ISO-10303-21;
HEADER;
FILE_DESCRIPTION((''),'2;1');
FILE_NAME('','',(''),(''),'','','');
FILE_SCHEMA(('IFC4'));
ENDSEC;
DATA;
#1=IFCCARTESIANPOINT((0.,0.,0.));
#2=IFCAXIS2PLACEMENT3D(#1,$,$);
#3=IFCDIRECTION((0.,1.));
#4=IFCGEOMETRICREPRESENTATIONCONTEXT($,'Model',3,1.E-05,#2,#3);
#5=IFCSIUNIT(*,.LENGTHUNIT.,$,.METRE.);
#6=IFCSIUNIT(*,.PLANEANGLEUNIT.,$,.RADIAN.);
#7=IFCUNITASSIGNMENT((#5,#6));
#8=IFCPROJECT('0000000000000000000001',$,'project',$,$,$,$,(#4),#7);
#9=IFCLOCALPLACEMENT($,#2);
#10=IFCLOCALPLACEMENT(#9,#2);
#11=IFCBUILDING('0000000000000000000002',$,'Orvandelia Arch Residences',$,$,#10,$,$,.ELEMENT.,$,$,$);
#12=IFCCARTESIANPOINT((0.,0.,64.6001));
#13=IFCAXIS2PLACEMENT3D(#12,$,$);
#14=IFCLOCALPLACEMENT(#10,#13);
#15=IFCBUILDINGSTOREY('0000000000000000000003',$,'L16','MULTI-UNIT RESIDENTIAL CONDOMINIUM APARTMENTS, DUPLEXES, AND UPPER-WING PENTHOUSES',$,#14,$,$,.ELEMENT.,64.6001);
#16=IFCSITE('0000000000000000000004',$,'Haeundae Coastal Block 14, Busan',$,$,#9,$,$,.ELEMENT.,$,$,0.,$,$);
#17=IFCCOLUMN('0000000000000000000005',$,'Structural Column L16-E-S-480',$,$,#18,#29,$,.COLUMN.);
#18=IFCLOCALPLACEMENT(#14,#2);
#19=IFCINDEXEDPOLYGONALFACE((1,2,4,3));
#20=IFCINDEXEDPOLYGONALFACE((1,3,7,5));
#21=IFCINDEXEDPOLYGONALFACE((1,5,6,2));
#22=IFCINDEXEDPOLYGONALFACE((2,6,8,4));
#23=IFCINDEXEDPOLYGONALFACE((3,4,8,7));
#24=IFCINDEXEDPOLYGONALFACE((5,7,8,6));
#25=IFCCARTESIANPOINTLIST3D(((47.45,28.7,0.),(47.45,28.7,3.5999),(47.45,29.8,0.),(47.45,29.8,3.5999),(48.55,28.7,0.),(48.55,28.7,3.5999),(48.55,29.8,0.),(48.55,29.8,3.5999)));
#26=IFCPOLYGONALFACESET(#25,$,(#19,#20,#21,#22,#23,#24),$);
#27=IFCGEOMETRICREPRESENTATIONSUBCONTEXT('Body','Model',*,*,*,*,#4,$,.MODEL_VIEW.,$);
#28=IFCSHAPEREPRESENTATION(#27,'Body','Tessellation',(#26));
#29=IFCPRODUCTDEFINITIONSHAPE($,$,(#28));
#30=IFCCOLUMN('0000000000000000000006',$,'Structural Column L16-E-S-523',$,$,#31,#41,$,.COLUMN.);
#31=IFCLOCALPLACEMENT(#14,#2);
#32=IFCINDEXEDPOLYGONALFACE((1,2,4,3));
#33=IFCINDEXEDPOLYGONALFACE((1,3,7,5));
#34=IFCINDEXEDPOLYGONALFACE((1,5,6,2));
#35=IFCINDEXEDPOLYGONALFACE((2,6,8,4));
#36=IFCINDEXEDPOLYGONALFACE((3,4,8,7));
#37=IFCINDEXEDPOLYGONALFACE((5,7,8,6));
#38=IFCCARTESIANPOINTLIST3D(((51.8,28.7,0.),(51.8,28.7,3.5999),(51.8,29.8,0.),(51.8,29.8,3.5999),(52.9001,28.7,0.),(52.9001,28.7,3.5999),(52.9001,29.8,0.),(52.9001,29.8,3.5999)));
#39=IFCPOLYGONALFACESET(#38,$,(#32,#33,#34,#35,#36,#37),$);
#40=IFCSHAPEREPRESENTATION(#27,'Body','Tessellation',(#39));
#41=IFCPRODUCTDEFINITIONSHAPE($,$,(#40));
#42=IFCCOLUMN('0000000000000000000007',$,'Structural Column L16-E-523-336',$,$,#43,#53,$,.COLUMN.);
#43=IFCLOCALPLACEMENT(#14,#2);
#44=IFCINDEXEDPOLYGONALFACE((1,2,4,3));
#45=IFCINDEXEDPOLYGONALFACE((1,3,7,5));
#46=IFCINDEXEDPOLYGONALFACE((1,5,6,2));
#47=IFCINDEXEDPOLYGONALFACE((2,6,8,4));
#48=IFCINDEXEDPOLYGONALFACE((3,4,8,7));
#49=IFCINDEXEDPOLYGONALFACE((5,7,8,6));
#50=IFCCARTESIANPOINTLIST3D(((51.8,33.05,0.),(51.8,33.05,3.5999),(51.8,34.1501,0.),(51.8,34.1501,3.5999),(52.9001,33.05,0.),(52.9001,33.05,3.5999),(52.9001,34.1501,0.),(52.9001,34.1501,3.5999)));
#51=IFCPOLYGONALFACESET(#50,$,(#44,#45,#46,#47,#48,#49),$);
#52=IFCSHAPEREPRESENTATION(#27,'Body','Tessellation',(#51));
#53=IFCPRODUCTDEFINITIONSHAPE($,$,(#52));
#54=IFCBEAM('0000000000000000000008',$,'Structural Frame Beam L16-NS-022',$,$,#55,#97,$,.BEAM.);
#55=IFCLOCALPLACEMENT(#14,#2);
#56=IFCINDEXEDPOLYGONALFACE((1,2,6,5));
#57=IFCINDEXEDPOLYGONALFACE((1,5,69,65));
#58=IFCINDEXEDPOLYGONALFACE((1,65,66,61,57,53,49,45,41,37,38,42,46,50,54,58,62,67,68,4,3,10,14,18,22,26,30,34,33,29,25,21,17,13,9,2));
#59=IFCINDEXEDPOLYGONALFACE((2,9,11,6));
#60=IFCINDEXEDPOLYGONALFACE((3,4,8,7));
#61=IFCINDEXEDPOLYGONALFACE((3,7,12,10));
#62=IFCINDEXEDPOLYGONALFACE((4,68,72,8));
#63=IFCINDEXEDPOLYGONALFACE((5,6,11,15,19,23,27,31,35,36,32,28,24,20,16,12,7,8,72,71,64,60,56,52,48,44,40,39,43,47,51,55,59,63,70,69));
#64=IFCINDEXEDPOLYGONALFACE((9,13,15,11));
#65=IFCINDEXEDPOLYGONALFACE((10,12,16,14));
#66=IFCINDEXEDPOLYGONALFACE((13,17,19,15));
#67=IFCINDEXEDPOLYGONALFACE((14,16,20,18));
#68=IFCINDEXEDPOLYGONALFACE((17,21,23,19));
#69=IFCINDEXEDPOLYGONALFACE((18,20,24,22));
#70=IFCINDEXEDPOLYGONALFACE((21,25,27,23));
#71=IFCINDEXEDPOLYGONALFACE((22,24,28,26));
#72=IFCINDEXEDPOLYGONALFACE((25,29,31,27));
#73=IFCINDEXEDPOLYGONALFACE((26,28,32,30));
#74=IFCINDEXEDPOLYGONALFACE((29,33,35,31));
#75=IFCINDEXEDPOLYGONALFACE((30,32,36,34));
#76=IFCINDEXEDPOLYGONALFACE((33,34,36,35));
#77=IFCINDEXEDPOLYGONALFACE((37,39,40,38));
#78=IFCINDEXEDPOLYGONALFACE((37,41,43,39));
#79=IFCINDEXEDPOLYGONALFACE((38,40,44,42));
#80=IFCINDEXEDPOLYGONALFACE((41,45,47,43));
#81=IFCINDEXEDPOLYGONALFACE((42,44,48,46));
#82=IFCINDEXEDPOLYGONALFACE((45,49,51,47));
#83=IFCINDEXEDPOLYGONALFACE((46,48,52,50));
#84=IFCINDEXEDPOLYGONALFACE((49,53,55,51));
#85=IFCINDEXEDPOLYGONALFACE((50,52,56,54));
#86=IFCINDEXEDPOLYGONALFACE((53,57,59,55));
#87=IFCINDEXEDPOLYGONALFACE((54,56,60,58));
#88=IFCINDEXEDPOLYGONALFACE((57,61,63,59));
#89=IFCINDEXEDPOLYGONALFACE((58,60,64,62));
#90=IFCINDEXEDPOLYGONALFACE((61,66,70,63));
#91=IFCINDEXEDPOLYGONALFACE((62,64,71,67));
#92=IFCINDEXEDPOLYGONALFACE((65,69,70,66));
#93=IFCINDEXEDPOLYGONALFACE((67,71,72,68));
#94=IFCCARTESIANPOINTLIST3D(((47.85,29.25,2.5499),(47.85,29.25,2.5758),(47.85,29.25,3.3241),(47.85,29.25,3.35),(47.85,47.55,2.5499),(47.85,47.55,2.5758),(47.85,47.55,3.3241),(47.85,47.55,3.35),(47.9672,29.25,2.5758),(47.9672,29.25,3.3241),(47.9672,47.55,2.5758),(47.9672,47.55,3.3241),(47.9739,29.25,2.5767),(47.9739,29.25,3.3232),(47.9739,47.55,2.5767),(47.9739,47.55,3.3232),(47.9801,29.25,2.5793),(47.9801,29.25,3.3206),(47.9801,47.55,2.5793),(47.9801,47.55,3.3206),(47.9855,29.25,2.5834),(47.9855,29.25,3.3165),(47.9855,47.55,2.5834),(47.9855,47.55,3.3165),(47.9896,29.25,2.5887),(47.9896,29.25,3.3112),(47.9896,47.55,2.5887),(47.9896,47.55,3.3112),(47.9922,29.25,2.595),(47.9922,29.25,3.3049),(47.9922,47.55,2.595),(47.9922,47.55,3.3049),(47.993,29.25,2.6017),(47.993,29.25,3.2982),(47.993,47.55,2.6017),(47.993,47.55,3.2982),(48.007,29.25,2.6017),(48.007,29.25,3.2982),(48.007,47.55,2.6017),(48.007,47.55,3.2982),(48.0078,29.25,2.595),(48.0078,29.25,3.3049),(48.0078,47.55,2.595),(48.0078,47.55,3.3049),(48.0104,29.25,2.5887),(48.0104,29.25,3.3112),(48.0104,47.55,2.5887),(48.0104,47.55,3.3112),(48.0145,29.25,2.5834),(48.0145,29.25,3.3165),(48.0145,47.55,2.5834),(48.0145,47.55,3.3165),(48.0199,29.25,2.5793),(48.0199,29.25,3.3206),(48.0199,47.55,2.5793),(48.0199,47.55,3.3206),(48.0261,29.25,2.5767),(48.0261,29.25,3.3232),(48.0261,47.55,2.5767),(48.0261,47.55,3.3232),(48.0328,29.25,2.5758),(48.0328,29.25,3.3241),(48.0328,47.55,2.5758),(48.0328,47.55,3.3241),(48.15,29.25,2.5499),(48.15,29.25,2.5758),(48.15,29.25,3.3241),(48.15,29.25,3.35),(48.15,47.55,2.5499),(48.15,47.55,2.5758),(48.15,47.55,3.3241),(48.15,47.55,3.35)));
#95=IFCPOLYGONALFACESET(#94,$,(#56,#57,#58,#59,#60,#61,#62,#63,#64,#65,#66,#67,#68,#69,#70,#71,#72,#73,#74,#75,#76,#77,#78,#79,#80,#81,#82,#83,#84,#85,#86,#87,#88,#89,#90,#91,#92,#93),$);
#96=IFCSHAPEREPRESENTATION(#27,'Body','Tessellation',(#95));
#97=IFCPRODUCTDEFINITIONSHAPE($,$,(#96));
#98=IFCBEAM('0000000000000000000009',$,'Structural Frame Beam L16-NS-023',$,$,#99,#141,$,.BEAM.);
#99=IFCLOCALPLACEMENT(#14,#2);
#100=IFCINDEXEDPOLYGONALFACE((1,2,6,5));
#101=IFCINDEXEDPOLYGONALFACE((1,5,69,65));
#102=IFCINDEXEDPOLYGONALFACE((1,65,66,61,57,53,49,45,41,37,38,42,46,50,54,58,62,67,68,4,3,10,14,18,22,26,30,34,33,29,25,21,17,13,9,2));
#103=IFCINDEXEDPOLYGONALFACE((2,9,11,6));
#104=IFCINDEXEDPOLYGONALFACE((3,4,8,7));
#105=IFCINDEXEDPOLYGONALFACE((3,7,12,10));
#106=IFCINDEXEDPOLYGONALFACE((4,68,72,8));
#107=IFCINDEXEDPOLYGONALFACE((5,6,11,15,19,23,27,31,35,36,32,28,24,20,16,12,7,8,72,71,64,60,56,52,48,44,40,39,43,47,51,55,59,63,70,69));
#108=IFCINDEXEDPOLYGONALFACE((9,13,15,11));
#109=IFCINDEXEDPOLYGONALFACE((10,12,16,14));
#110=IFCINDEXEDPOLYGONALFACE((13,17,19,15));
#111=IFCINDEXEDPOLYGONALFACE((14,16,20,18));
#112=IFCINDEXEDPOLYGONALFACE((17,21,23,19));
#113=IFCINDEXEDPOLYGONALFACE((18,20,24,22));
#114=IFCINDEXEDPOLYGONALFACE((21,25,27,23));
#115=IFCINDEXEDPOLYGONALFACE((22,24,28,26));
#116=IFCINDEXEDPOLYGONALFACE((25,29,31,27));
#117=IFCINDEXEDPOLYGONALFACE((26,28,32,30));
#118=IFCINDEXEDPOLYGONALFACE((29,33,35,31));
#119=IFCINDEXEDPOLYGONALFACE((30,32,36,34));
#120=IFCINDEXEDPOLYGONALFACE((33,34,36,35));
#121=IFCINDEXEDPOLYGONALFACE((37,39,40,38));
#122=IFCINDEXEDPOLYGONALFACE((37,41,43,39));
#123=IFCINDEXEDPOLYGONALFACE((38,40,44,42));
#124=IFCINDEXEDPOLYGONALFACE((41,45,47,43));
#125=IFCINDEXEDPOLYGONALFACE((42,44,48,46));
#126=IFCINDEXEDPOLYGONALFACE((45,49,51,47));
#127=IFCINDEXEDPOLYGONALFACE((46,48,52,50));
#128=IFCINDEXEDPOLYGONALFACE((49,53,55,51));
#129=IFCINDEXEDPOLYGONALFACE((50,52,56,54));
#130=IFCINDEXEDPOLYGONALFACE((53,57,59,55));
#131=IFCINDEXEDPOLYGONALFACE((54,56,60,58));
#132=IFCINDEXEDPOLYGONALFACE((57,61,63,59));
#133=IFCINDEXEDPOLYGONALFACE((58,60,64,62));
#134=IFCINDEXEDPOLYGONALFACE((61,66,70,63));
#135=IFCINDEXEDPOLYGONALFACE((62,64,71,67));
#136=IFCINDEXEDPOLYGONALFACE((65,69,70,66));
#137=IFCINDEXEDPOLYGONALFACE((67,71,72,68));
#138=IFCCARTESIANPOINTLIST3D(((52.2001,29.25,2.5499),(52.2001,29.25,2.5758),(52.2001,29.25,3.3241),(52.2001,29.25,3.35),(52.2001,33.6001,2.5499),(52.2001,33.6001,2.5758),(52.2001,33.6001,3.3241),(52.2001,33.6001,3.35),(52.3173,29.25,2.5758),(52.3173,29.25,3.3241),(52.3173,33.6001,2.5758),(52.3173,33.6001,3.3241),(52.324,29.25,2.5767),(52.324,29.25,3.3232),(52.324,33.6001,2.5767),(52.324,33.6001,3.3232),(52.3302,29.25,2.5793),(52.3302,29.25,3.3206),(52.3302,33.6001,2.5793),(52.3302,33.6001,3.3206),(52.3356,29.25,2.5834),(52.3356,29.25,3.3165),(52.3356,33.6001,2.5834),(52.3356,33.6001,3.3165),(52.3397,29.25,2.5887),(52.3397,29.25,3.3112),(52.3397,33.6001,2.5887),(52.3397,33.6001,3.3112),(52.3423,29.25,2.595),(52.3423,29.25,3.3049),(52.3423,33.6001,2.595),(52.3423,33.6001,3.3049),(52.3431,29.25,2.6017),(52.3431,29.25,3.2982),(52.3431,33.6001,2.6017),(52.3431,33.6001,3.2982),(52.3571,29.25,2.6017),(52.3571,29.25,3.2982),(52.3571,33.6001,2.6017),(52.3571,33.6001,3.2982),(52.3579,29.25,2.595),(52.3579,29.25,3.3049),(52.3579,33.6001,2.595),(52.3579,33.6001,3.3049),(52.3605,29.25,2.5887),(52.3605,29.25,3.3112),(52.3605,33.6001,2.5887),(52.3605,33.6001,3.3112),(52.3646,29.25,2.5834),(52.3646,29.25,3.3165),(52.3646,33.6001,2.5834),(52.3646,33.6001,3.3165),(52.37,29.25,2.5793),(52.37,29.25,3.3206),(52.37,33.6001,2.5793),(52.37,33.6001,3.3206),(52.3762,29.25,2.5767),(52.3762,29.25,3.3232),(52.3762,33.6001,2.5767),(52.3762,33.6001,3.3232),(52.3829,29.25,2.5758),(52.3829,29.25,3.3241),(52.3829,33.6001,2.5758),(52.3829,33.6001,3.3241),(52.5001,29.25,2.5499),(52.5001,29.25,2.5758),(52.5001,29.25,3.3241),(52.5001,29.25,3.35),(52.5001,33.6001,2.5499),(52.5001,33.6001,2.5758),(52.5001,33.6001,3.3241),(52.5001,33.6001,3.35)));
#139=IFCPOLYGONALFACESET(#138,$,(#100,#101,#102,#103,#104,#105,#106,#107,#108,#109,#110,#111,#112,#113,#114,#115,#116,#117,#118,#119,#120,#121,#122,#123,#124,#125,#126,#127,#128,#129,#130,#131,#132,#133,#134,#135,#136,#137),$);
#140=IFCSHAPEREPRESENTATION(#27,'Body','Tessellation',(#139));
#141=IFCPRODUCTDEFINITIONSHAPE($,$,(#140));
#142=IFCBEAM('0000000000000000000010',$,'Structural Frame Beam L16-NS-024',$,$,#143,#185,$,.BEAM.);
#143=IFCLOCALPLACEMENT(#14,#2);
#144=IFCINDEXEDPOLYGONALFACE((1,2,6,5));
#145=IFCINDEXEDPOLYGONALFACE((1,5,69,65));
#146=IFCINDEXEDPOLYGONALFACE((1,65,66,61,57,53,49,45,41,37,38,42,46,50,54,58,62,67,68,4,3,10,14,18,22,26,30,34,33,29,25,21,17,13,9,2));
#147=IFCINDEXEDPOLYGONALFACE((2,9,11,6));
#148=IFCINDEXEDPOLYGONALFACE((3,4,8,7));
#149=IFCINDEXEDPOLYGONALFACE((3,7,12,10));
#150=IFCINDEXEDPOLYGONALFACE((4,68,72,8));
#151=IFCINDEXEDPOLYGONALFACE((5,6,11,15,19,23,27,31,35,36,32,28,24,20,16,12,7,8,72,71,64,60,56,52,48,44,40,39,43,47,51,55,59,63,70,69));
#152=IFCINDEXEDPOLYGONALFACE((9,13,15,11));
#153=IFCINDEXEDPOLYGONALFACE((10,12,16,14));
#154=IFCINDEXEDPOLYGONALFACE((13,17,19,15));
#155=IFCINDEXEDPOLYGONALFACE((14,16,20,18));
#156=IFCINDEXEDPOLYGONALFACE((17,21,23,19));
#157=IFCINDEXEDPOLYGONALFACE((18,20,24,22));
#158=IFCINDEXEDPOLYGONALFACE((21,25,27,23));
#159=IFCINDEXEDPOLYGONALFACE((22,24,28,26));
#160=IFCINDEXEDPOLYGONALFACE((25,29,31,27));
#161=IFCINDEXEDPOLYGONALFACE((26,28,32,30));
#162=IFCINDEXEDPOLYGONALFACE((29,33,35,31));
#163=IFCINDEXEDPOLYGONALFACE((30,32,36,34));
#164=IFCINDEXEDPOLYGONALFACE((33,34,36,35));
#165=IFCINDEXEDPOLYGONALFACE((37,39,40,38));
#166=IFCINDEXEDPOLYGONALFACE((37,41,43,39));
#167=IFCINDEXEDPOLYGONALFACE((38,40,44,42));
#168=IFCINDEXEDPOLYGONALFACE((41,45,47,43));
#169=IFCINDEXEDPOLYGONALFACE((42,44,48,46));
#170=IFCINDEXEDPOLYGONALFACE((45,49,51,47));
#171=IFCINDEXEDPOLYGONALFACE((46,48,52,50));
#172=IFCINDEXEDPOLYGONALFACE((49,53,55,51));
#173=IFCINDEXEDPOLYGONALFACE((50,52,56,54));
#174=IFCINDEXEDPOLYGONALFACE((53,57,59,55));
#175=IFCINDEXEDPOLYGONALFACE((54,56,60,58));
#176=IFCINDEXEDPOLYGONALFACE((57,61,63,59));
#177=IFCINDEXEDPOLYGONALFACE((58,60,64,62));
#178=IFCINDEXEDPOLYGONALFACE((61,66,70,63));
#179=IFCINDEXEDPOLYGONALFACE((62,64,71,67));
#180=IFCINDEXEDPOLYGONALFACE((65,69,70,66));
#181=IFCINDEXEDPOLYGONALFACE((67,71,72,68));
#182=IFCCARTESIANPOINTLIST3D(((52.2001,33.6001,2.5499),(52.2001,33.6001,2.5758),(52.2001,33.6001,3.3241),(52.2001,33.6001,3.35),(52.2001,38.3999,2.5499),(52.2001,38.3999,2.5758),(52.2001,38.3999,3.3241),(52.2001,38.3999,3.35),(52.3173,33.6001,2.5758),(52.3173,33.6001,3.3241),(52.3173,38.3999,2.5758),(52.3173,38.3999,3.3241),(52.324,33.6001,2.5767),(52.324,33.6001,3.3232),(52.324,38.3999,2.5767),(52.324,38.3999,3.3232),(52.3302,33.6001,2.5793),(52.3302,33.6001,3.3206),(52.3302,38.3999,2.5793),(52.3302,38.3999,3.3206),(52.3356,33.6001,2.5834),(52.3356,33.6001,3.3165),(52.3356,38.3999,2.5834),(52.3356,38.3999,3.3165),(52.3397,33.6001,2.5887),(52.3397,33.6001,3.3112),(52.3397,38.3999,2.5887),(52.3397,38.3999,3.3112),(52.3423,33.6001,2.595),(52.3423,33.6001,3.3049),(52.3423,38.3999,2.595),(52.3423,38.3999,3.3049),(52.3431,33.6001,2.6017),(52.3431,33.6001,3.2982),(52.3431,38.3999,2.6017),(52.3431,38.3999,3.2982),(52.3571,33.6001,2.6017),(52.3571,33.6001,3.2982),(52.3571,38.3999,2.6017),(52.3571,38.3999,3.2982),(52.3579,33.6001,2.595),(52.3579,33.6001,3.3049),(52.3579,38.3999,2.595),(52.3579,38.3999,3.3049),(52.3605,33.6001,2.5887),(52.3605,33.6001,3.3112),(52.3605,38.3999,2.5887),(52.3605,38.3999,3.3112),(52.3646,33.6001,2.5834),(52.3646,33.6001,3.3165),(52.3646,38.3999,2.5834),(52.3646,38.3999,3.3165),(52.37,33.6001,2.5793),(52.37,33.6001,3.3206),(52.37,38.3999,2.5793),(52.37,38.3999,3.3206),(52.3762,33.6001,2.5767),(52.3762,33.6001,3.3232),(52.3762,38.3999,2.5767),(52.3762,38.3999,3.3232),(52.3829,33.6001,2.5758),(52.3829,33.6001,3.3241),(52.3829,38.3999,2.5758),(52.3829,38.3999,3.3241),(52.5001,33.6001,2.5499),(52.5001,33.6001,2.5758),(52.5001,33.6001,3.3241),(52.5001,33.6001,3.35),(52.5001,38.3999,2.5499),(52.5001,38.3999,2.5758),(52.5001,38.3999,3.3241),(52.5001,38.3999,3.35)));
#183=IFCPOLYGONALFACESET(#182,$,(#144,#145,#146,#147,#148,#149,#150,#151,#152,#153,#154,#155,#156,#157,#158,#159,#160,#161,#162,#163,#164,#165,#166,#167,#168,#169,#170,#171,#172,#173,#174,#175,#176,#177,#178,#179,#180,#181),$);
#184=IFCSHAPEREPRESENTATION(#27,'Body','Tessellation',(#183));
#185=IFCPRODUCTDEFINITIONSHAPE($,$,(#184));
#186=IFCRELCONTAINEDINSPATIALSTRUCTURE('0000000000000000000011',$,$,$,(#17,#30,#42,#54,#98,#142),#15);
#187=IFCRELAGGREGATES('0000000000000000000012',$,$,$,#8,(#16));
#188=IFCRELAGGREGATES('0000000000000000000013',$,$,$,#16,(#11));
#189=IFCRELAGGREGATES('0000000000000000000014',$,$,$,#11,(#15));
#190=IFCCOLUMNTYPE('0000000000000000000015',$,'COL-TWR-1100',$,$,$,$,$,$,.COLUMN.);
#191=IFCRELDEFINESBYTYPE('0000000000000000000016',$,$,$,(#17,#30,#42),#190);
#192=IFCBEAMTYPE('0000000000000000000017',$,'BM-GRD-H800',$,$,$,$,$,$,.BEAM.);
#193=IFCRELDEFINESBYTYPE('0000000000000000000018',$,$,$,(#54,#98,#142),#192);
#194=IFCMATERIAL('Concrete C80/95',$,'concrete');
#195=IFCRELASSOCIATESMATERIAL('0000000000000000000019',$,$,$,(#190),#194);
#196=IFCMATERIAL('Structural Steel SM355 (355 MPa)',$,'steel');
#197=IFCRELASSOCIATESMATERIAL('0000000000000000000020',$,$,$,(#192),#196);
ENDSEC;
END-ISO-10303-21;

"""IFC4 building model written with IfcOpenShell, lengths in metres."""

from ifc_helpers import new_model, si_unit, direction, frame, origin, origin_2d, place, context, subcontext, project, spatial, rectangle, i_section, extrude, material, material_profile, profile_set, type_object, element, save


model = new_model("IFC4")

# Units and contexts
model_context = context("Model", 3, precision=1e-05, world=origin(), true_north=direction((0.0, 1.0)))
body_context = subcontext(model_context, "Body", "Model", "MODEL_VIEW")
ifc_project = project(units=[si_unit("LENGTHUNIT", "METRE"), si_unit("PLANEANGLEUNIT", "RADIAN")], contexts=[model_context])

# Site, building, storey
site_placement = place(None, origin())
site = spatial("IfcSite", under=ifc_project, at=site_placement, Name="Haeundae Coastal Block 14, Busan", CompositionType="ELEMENT", RefElevation=0.0)
building_placement = place(site_placement, origin())
building = spatial("IfcBuilding", under=site, at=building_placement, Name="Orvandelia Arch Residences", CompositionType="ELEMENT")
storey_placement = place(building_placement, frame((0.0, 0.0, 64.6001)))
storey = spatial("IfcBuildingStorey", under=building, at=storey_placement, Name="L16", Description="MULTI-UNIT RESIDENTIAL CONDOMINIUM APARTMENTS, DUPLEXES, AND UPPER-WING PENTHOUSES", CompositionType="ELEMENT", Elevation=64.6001)

# Columns
ifc_material_1 = material(Name="Concrete C80/95", Category="concrete")
ifc_material_profile_1 = material_profile(ifc_material_1, rectangle(XDim=1.1001, YDim=1.1001, at=origin_2d()), Name="Concrete C80/95", Category="concrete")
ifc_profile_set_1 = profile_set([ifc_material_profile_1], Name="Concrete C80/95")
column_type = type_object("IfcColumnType", Name="COL-TWR-1100", PredefinedType="COLUMN", material=ifc_profile_set_1)
for number, where, z_axis, x_axis, name in (
    (1, (48.0, 29.25, 0.0), (0.0, 0.0, 1.0), (1.0, 0.0, 0.0), "Structural Column L16-E-S-480"),
    (2, (52.3501, 29.25, 0.0), (0.0, 0.0, 1.0), (1.0, 0.0, 0.0), "Structural Column L16-E-S-523"),
    (3, (52.3501, 33.6001, 0.0), (0.0, 0.0, 1.0), (1.0, 0.0, 0.0), "Structural Column L16-E-523-336"),
):
    element("IfcColumn", number, at=place(storey_placement, frame(where, z_axis=z_axis, x_axis=x_axis)), inside=storey, type_object=column_type, Name=name, PredefinedType="COLUMN", context=body_context, shape_type="SweptSolid", body=[
        extrude(rectangle(XDim=1.1001, YDim=1.1001, at=origin_2d()), origin(), (0.0, 0.0, 1.0), 3.5999),
    ])

# Beams
ifc_material_2 = material(Name="Structural Steel SM355 (355 MPa)", Category="steel")
ifc_material_profile_2 = material_profile(ifc_material_2, i_section(OverallWidth=0.3, OverallDepth=0.8, WebThickness=0.0139, FlangeThickness=0.0259, FilletRadius=0.0259, at=origin_2d()), Name="Structural Steel SM355 (355 MPa)", Category="steel")
ifc_profile_set_2 = profile_set([ifc_material_profile_2], Name="Structural Steel SM355 (355 MPa)")
beam_type = type_object("IfcBeamType", Name="BM-GRD-H800", PredefinedType="BEAM", material=ifc_profile_set_2)
beam_1_placement = place(storey_placement, frame((48.0, 29.25, 2.95), z_axis=(0.0, 1.0, 0.0), x_axis=(-1.0, 0.0, 0.0)))
element("IfcBeam", 4, at=beam_1_placement, inside=storey, type_object=beam_type, Name="Structural Frame Beam L16-NS-022", PredefinedType="BEAM", context=body_context, shape_type="SweptSolid", body=[
    extrude(i_section(OverallWidth=0.3, OverallDepth=0.8, WebThickness=0.0139, FlangeThickness=0.0259, FilletRadius=0.0259, at=origin_2d()), origin(), (0.0, 0.0, 1.0), 18.3),
])
beam_2_placement = place(storey_placement, frame((52.3501, 29.25, 2.95), z_axis=(0.0, 1.0, 0.0), x_axis=(-1.0, 0.0, 0.0)))
element("IfcBeam", 5, at=beam_2_placement, inside=storey, type_object=beam_type, Name="Structural Frame Beam L16-NS-023", PredefinedType="BEAM", context=body_context, shape_type="SweptSolid", body=[
    extrude(i_section(OverallWidth=0.3, OverallDepth=0.8, WebThickness=0.0139, FlangeThickness=0.0259, FilletRadius=0.0259, at=origin_2d()), origin(), (0.0, 0.0, 1.0), 4.3501),
])
beam_3_placement = place(storey_placement, frame((52.3501, 33.6001, 2.95), z_axis=(0.0, 1.0, 0.0), x_axis=(-1.0, 0.0, 0.0)))
element("IfcBeam", 6, at=beam_3_placement, inside=storey, type_object=beam_type, Name="Structural Frame Beam L16-NS-024", PredefinedType="BEAM", context=body_context, shape_type="SweptSolid", body=[
    extrude(i_section(OverallWidth=0.3, OverallDepth=0.8, WebThickness=0.0139, FlangeThickness=0.0259, FilletRadius=0.0259, at=origin_2d()), origin(), (0.0, 0.0, 1.0), 4.7998),
])

save(model, "model.ifc")
